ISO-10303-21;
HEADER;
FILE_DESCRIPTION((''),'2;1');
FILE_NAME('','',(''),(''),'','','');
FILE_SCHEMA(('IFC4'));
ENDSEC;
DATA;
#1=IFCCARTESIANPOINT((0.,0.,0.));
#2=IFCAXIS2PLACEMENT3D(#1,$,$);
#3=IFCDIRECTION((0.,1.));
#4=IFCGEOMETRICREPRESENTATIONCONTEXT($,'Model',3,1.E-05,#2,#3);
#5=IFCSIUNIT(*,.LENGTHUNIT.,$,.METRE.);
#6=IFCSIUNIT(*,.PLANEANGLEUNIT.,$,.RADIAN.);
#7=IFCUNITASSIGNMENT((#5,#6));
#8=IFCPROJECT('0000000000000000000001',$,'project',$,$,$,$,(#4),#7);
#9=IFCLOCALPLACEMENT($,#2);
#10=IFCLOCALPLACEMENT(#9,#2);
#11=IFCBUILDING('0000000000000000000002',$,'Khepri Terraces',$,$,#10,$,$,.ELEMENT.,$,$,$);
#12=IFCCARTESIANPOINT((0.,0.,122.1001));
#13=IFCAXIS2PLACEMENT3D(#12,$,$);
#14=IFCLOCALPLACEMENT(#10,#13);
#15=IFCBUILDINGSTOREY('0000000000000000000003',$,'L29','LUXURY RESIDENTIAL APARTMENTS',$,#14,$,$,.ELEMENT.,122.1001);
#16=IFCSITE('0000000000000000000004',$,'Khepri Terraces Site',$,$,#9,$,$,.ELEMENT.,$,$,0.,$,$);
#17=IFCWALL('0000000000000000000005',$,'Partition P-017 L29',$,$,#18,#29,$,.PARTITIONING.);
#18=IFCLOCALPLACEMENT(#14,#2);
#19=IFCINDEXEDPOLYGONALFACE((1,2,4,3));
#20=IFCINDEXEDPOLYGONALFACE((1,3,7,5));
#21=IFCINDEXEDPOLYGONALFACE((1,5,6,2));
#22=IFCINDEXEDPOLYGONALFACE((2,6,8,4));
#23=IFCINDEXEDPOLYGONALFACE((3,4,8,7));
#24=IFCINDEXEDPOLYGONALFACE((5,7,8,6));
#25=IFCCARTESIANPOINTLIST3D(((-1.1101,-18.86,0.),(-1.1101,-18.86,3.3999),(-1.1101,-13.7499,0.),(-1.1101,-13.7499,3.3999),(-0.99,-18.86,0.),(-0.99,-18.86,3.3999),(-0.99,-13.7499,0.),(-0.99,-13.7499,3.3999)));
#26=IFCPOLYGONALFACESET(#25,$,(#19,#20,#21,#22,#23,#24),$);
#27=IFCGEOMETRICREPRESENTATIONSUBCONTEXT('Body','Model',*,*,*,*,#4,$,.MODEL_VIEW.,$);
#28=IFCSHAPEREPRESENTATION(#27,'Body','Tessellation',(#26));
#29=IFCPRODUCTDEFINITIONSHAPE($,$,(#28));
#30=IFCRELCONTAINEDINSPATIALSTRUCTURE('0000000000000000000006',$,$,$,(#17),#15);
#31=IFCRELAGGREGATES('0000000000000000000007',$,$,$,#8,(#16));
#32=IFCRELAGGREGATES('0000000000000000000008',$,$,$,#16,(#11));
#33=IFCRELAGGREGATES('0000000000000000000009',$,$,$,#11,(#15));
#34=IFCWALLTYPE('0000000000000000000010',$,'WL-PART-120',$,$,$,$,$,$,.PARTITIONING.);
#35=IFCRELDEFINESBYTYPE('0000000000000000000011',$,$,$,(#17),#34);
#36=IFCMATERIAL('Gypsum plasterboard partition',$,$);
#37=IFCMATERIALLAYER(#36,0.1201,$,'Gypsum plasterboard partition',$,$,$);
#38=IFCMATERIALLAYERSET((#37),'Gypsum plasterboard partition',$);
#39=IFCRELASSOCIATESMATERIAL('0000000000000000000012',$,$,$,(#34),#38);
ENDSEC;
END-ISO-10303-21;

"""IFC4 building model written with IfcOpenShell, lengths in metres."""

from ifc_helpers import new_model, si_unit, direction, frame, frame_2d, origin, place, context, subcontext, project, spatial, rectangle, extrude, material, layer, layer_set, type_object, element, save


model = new_model("IFC4")

# Units and contexts
model_context = context("Model", 3, precision=1e-05, world=origin(), true_north=direction((0.0, 1.0)))
body_context = subcontext(model_context, "Body", "Model", "MODEL_VIEW")
ifc_project = project(units=[si_unit("LENGTHUNIT", "METRE"), si_unit("PLANEANGLEUNIT", "RADIAN")], contexts=[model_context])

# Site, building, storey
site_placement = place(None, origin())
site = spatial("IfcSite", under=ifc_project, at=site_placement, Name="Khepri Terraces Site", CompositionType="ELEMENT", RefElevation=0.0)
building_placement = place(site_placement, origin())
building = spatial("IfcBuilding", under=site, at=building_placement, Name="Khepri Terraces", CompositionType="ELEMENT")
storey_placement = place(building_placement, frame((0.0, 0.0, 122.1001)))
storey = spatial("IfcBuildingStorey", under=building, at=storey_placement, Name="L29", Description="LUXURY RESIDENTIAL APARTMENTS", CompositionType="ELEMENT", Elevation=122.1001)

# Shared definitions
ifc_material_1 = material(Name="Gypsum plasterboard partition")
ifc_layer_1 = layer(ifc_material_1, 0.1201, Name="Gypsum plasterboard partition")
ifc_layer_set_1 = layer_set([ifc_layer_1], Name="Gypsum plasterboard partition")
wall_type_1 = type_object("IfcWallType", Name="WL-PART-120", PredefinedType="PARTITIONING", material=ifc_layer_set_1)

# Wall
wall_1_placement = place(storey_placement, frame((-1.05, -18.8601, 0.0), z_axis=(0.0, 0.0, 1.0), x_axis=(0.0, 1.0, 0.0)))
element("IfcWall", 1, at=wall_1_placement, inside=storey, type_object=wall_type_1, Name="Partition P-017 L29", PredefinedType="PARTITIONING", context=body_context, shape_type="SweptSolid", body=[
    extrude(rectangle(XDim=5.1101, YDim=0.1201, at=frame_2d((2.5552, 0.0))), origin(), (0.0, 0.0, 1.0), 3.3999),
])

save(model, "model.ifc")
